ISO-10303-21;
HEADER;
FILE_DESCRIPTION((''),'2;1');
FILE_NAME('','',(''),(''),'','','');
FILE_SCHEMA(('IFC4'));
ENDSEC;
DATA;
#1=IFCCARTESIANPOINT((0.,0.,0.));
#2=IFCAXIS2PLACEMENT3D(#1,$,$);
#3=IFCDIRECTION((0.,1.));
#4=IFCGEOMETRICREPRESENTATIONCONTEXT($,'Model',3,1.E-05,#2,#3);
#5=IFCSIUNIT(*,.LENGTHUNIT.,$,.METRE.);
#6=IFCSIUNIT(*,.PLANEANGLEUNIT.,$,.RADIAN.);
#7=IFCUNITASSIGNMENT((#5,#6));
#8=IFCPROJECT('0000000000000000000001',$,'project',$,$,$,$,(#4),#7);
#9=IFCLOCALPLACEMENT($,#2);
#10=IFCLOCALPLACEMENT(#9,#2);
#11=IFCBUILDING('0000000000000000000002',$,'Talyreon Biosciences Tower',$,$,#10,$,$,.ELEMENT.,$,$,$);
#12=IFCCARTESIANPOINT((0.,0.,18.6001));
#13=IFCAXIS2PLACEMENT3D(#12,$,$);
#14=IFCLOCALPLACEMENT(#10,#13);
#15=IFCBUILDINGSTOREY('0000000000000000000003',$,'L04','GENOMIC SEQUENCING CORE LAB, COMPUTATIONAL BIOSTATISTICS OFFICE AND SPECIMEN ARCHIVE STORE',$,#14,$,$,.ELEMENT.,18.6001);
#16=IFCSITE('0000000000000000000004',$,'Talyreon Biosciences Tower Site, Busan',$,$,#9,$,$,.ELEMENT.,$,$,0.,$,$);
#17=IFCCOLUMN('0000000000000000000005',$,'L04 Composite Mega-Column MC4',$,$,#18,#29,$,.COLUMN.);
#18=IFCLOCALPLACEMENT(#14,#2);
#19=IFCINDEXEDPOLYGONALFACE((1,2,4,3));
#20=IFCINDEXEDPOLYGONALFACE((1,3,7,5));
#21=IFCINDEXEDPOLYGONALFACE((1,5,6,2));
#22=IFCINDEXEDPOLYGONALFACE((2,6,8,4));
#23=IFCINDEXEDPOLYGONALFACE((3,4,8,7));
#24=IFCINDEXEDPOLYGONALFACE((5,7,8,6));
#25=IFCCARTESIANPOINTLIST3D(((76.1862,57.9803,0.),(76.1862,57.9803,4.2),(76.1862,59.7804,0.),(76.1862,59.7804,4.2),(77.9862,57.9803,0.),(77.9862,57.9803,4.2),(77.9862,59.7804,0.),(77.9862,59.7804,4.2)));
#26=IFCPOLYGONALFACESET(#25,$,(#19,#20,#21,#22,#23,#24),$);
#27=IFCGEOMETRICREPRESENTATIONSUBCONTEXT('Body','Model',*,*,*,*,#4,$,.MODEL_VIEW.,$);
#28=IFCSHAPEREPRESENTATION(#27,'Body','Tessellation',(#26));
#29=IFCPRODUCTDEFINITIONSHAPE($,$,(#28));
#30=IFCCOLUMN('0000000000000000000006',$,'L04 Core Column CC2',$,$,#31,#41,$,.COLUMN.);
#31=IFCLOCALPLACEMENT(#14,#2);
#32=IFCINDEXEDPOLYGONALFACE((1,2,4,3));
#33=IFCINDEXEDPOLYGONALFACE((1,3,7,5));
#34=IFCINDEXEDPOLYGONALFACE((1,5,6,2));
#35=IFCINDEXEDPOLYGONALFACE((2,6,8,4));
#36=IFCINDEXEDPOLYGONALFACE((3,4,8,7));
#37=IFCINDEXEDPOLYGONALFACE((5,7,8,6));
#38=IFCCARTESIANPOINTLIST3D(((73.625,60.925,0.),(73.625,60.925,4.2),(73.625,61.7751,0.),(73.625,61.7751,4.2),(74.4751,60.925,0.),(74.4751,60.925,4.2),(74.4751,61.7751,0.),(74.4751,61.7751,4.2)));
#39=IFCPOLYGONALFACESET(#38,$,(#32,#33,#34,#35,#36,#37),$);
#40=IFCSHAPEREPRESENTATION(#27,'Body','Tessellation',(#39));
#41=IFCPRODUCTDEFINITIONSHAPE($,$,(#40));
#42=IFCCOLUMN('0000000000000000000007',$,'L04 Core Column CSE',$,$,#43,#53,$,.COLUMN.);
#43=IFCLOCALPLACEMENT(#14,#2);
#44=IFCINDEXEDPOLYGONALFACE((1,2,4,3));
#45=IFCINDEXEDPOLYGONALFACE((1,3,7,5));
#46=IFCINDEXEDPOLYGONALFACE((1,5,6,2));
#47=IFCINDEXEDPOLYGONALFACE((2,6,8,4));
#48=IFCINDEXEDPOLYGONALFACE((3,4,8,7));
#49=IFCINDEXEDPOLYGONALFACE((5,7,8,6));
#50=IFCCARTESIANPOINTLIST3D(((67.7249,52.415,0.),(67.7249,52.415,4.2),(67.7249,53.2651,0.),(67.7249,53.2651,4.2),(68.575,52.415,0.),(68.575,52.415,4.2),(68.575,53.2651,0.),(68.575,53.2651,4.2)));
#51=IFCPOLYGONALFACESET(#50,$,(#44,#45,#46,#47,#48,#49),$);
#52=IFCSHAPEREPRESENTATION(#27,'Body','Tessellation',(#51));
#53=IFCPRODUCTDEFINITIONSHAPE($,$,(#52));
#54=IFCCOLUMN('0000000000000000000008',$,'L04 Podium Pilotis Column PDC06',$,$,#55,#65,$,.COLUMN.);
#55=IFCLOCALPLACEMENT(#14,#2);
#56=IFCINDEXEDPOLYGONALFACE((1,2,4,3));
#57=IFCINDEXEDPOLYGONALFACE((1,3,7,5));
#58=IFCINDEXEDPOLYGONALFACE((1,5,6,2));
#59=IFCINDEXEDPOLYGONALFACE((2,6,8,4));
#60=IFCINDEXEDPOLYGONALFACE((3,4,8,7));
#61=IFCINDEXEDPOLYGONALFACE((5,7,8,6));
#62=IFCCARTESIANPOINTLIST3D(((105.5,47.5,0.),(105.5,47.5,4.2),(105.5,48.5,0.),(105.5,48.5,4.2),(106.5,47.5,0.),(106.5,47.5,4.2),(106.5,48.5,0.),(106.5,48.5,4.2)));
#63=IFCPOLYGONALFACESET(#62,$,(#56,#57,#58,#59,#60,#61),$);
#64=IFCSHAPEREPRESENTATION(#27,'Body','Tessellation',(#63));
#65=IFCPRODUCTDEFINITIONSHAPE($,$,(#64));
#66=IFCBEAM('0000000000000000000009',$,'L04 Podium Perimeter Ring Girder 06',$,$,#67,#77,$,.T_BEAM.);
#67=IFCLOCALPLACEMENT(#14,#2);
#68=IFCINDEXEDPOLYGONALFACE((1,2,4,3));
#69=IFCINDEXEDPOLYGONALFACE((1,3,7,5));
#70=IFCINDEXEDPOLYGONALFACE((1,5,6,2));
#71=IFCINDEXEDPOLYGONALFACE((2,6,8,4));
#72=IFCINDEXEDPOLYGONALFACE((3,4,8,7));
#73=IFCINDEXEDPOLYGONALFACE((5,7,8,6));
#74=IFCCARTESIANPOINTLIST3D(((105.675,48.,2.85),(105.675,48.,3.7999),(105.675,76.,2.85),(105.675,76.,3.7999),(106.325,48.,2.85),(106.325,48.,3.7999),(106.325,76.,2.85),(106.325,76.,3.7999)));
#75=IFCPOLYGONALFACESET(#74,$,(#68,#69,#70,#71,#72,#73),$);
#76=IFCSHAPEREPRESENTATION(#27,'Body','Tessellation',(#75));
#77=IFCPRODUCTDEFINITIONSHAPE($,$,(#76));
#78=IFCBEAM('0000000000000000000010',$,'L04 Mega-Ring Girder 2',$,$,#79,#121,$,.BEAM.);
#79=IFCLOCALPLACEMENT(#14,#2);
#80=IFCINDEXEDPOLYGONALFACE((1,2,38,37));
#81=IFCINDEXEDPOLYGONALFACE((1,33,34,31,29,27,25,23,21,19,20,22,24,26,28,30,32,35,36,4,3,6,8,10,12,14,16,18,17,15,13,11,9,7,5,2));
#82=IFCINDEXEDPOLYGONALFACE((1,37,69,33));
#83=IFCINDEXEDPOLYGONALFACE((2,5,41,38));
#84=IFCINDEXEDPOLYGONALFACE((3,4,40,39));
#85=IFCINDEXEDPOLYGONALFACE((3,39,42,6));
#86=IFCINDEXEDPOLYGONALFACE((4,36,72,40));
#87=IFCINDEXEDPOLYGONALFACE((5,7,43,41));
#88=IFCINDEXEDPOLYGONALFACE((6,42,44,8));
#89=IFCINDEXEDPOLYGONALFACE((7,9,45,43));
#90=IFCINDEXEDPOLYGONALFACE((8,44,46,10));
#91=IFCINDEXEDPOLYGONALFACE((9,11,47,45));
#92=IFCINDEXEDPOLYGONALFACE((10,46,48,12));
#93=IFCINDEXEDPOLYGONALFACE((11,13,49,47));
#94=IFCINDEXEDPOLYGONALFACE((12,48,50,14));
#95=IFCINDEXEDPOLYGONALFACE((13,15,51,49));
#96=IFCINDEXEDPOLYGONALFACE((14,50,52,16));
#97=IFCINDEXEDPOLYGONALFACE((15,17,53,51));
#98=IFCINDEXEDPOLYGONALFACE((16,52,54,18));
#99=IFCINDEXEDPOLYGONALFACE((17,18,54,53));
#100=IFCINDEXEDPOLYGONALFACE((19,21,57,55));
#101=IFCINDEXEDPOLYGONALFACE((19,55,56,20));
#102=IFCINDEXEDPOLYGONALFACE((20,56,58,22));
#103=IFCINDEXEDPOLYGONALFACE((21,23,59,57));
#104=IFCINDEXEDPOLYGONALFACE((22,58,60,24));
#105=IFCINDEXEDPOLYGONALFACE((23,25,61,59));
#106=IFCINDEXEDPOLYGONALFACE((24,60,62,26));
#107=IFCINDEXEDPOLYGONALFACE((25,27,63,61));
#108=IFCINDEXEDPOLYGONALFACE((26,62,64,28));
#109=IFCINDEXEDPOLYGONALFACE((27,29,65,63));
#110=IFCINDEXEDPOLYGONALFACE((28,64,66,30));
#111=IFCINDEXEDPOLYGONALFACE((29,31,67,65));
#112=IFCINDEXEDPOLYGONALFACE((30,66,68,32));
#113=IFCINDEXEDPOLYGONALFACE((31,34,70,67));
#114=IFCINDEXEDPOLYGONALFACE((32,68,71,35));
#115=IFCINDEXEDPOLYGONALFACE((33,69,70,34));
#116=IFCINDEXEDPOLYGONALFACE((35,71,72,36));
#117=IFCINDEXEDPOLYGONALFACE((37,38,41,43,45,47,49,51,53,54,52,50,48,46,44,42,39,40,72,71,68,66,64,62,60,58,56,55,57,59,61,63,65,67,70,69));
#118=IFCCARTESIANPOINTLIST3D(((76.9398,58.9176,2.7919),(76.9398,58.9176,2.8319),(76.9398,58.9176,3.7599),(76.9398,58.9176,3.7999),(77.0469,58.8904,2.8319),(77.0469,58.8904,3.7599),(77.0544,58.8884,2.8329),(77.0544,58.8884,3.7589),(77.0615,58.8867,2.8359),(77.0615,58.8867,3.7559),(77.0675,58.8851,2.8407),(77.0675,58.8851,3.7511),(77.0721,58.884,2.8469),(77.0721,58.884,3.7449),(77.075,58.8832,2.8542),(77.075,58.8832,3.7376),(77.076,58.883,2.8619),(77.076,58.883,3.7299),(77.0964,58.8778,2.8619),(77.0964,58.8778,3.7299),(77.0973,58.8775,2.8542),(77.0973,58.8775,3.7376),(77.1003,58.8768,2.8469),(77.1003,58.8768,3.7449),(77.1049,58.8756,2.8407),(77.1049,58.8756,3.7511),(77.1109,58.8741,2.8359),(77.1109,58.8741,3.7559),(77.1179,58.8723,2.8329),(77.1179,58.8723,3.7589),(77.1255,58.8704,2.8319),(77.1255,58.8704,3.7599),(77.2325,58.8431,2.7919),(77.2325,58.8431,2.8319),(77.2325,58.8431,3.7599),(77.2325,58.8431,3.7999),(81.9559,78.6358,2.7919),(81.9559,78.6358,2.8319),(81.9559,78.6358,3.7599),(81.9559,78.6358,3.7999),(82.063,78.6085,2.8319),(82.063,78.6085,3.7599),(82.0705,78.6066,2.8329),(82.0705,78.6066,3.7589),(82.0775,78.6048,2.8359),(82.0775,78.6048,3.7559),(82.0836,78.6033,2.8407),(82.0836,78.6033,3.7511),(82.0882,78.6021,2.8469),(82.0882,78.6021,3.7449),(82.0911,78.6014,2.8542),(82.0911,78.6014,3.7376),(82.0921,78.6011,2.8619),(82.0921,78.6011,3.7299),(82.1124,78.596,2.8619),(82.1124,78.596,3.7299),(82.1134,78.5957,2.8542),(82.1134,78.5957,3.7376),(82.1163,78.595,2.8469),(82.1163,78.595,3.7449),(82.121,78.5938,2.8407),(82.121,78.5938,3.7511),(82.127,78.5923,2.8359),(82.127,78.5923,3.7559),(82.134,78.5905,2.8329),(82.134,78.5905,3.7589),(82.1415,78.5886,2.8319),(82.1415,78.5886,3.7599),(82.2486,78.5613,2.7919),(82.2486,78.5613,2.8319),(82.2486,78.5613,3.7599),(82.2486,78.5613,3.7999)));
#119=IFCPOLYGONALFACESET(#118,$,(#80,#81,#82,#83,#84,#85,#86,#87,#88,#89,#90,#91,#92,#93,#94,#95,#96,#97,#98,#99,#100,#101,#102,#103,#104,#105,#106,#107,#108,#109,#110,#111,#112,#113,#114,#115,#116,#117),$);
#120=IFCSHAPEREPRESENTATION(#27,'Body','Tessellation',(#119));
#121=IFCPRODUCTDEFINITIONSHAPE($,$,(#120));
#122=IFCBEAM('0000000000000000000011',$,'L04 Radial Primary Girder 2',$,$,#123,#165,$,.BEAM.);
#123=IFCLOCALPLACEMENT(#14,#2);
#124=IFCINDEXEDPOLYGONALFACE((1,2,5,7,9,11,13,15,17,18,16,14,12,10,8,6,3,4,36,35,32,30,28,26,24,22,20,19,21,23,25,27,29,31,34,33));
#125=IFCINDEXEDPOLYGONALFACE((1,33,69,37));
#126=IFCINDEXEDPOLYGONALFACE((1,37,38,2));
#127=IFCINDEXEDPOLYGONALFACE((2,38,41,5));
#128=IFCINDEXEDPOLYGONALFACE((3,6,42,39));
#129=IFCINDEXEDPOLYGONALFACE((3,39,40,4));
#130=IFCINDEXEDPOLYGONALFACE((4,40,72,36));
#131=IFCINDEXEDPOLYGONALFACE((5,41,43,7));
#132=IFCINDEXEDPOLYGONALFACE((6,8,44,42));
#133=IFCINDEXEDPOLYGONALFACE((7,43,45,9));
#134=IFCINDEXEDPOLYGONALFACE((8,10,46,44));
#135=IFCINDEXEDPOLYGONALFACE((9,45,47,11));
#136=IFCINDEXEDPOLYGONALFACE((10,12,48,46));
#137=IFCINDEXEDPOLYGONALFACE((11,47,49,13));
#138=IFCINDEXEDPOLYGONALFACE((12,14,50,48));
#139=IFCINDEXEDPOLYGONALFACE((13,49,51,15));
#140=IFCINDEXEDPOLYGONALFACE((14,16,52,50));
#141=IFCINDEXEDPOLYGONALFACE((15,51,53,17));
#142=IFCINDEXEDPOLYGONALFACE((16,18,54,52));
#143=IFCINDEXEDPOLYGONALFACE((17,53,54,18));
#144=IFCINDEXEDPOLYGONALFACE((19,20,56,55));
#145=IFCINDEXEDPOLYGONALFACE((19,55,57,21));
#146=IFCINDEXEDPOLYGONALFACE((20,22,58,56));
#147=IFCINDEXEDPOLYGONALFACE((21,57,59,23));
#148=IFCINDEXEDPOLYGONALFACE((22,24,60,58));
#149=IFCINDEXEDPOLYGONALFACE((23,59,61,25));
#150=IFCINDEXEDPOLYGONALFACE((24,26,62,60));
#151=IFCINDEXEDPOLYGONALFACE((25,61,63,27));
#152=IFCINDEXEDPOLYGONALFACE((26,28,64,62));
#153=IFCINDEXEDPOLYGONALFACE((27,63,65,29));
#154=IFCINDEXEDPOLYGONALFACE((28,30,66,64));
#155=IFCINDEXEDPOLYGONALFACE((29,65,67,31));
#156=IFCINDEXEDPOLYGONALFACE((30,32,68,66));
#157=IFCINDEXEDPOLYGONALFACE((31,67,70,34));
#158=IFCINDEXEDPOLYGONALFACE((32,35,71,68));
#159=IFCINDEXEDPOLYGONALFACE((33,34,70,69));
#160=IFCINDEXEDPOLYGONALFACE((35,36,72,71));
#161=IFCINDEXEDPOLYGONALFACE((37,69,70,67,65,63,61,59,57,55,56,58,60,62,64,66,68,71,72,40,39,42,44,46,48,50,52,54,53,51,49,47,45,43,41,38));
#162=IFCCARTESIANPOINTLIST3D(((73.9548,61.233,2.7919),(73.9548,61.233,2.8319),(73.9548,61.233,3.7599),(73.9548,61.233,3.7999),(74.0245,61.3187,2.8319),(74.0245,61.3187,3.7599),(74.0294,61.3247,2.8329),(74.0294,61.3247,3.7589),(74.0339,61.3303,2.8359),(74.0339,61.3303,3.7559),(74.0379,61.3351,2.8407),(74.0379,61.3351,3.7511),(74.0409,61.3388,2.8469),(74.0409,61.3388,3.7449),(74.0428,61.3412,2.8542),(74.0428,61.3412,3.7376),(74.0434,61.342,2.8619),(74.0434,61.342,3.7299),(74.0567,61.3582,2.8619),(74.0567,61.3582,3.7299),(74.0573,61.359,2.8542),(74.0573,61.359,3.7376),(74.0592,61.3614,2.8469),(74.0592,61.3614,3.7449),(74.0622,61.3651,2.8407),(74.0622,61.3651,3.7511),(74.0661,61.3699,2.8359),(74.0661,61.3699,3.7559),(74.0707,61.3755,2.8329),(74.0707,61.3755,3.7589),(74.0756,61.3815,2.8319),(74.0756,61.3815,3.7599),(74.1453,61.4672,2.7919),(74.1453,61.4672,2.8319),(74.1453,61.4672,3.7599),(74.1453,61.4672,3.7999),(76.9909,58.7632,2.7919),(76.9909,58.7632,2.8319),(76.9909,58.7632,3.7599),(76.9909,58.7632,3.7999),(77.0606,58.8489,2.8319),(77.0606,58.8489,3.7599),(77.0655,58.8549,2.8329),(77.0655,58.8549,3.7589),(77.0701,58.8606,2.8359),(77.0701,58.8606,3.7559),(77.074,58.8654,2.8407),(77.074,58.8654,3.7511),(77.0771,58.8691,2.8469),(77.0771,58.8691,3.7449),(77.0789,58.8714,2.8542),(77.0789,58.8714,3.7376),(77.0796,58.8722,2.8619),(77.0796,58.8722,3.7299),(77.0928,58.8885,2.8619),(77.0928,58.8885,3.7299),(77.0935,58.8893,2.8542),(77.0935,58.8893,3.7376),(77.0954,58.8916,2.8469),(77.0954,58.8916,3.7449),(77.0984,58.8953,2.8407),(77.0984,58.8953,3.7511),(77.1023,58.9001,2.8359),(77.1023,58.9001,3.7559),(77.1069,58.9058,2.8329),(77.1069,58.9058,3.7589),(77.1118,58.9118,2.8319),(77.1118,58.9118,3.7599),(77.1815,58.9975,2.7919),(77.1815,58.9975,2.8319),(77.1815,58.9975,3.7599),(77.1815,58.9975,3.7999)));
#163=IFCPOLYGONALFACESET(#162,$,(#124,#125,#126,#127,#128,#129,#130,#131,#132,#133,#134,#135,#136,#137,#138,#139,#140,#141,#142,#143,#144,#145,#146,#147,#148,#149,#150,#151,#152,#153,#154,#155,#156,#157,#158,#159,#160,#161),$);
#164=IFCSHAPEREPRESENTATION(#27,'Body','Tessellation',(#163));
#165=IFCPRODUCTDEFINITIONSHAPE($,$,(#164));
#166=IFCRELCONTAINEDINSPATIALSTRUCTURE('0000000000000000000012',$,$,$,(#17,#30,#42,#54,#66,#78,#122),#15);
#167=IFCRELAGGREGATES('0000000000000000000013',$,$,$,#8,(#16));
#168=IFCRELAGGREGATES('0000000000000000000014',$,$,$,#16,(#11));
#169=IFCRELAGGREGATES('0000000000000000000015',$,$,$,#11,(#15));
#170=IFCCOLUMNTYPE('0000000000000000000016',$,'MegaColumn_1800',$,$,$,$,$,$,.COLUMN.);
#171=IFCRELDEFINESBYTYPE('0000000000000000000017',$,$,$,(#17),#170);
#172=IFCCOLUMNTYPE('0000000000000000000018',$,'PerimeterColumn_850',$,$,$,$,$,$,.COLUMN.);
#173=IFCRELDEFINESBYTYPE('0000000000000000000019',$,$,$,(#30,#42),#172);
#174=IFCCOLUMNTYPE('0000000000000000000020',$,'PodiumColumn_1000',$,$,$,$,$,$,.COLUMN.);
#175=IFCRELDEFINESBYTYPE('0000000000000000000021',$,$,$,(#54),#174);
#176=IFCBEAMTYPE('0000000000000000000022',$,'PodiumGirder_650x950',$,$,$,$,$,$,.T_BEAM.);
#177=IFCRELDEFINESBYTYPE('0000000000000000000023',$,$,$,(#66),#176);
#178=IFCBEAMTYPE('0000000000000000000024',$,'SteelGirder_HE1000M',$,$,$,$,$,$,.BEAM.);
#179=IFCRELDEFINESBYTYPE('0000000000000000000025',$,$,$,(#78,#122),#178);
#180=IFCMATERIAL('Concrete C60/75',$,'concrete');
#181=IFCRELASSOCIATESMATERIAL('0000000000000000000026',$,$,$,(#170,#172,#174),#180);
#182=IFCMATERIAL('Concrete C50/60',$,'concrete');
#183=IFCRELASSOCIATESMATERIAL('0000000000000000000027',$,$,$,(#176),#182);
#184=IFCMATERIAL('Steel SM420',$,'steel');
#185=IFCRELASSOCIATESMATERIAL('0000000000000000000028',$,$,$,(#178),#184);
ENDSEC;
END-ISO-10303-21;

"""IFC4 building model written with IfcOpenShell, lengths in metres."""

from ifc_helpers import new_model, si_unit, direction, frame, origin, origin_2d, place, context, subcontext, project, spatial, rectangle, i_section, extrude, material, material_profile, profile_set, type_object, element, save


model = new_model("IFC4")

# Units and contexts
model_context = context("Model", 3, precision=1e-05, world=origin(), true_north=direction((0.0, 1.0)))
body_context = subcontext(model_context, "Body", "Model", "MODEL_VIEW")
ifc_project = project(units=[si_unit("LENGTHUNIT", "METRE"), si_unit("PLANEANGLEUNIT", "RADIAN")], contexts=[model_context])

# Site, building, storey
site_placement = place(None, origin())
site = spatial("IfcSite", under=ifc_project, at=site_placement, Name="Talyreon Biosciences Tower Site, Busan", CompositionType="ELEMENT", RefElevation=0.0)
building_placement = place(site_placement, origin())
building = spatial("IfcBuilding", under=site, at=building_placement, Name="Talyreon Biosciences Tower", CompositionType="ELEMENT")
storey_placement = place(building_placement, frame((0.0, 0.0, 18.6001)))
storey = spatial("IfcBuildingStorey", under=building, at=storey_placement, Name="L04", Description="GENOMIC SEQUENCING CORE LAB, COMPUTATIONAL BIOSTATISTICS OFFICE AND SPECIMEN ARCHIVE STORE", CompositionType="ELEMENT", Elevation=18.6001)

# Columns
ifc_material_1 = material(Name="Concrete C60/75", Category="concrete")
ifc_material_profile_1 = material_profile(ifc_material_1, rectangle(XDim=1.8, YDim=1.8, at=origin_2d()), Name="RC 1800x1800")
ifc_profile_set_1 = profile_set([ifc_material_profile_1], Name="Concrete C60/75")
column_type_1 = type_object("IfcColumnType", Name="MegaColumn_1800", PredefinedType="COLUMN", material=ifc_profile_set_1)
column_1_placement = place(storey_placement, frame((77.0862, 58.8804, 0.0), z_axis=(0.0, 0.0, 1.0), x_axis=(1.0, 0.0, 0.0)))
element("IfcColumn", 1, at=column_1_placement, inside=storey, type_object=column_type_1, Name="L04 Composite Mega-Column MC4", PredefinedType="COLUMN", context=body_context, shape_type="SweptSolid", body=[
    extrude(rectangle(XDim=1.8, YDim=1.8, at=origin_2d()), origin(), (0.0, 0.0, 1.0), 4.2),
])
ifc_material_profile_2 = material_profile(ifc_material_1, rectangle(XDim=0.8501, YDim=0.8501, at=origin_2d()), Name="RC 850x850")
ifc_profile_set_2 = profile_set([ifc_material_profile_2], Name="Concrete C60/75")
column_type_2 = type_object("IfcColumnType", Name="PerimeterColumn_850", PredefinedType="COLUMN", material=ifc_profile_set_2)
for number, where, z_axis, x_axis, name in (
    (2, (74.05, 61.3501, 0.0), (0.0, 0.0, 1.0), (1.0, 0.0, 0.0), "L04 Core Column CC2"),
    (3, (68.1499, 52.8401, 0.0), (0.0, 0.0, 1.0), (1.0, 0.0, 0.0), "L04 Core Column CSE"),
):
    element("IfcColumn", number, at=place(storey_placement, frame(where, z_axis=z_axis, x_axis=x_axis)), inside=storey, type_object=column_type_2, Name=name, PredefinedType="COLUMN", context=body_context, shape_type="SweptSolid", body=[
        extrude(rectangle(XDim=0.8501, YDim=0.8501, at=origin_2d()), origin(), (0.0, 0.0, 1.0), 4.2),
    ])
ifc_material_profile_3 = material_profile(ifc_material_1, rectangle(XDim=1.0, YDim=1.0, at=origin_2d()), Name="RC 1000x1000")
ifc_profile_set_3 = profile_set([ifc_material_profile_3], Name="Concrete C60/75")
column_type_3 = type_object("IfcColumnType", Name="PodiumColumn_1000", PredefinedType="COLUMN", material=ifc_profile_set_3)
column_2_placement = place(storey_placement, frame((106.0, 48.0, 0.0), z_axis=(0.0, 0.0, 1.0), x_axis=(1.0, 0.0, 0.0)))
element("IfcColumn", 4, at=column_2_placement, inside=storey, type_object=column_type_3, Name="L04 Podium Pilotis Column PDC06", PredefinedType="COLUMN", context=body_context, shape_type="SweptSolid", body=[
    extrude(rectangle(XDim=1.0, YDim=1.0, at=origin_2d()), origin(), (0.0, 0.0, 1.0), 4.2),
])

# Beams
ifc_material_2 = material(Name="Concrete C50/60", Category="concrete")
ifc_material_profile_4 = material_profile(ifc_material_2, rectangle(XDim=0.6499, YDim=0.95, at=origin_2d()), Name="RCB 650x950")
ifc_profile_set_4 = profile_set([ifc_material_profile_4], Name="Concrete C50/60")
beam_type_1 = type_object("IfcBeamType", Name="PodiumGirder_650x950", PredefinedType="T_BEAM", material=ifc_profile_set_4)
beam_1_placement = place(storey_placement, frame((106.0, 48.0, 3.325), z_axis=(0.0, 1.0, 0.0), x_axis=(-1.0, 0.0, 0.0)))
element("IfcBeam", 5, at=beam_1_placement, inside=storey, type_object=beam_type_1, Name="L04 Podium Perimeter Ring Girder 06", PredefinedType="T_BEAM", context=body_context, shape_type="SweptSolid", body=[
    extrude(rectangle(XDim=0.6499, YDim=0.95, at=origin_2d()), origin(), (0.0, 0.0, 1.0), 28.0),
])
ifc_material_3 = material(Name="Steel SM420", Category="steel")
ifc_material_profile_5 = material_profile(ifc_material_3, i_section(OverallWidth=0.302, OverallDepth=1.0081, WebThickness=0.021, FlangeThickness=0.04, FilletRadius=0.03, at=origin_2d()), Name="HE1000M")
ifc_profile_set_5 = profile_set([ifc_material_profile_5], Name="Steel SM420")
beam_type_2 = type_object("IfcBeamType", Name="SteelGirder_HE1000M", PredefinedType="BEAM", material=ifc_profile_set_5)
beam_2_placement = place(storey_placement, frame((77.0862, 58.8804, 3.2959), z_axis=(0.246537, 0.969133, 0.0), x_axis=(-0.969133, 0.246537, 0.0)))
element("IfcBeam", 6, at=beam_2_placement, inside=storey, type_object=beam_type_2, Name="L04 Mega-Ring Girder 2", PredefinedType="BEAM", context=body_context, shape_type="SweptSolid", body=[
    extrude(i_section(OverallWidth=0.302, OverallDepth=1.0081, WebThickness=0.021, FlangeThickness=0.04, FilletRadius=0.03, at=origin_2d()), origin(), (0.0, 0.0, 1.0), 20.3462),
])
beam_3_placement = place(storey_placement, frame((74.05, 61.3501, 3.2959), z_axis=(0.775755, -0.631034, 0.0), x_axis=(0.631034, 0.775755, 0.0)))
element("IfcBeam", 7, at=beam_3_placement, inside=storey, type_object=beam_type_2, Name="L04 Radial Primary Girder 2", PredefinedType="BEAM", context=body_context, shape_type="SweptSolid", body=[
    extrude(i_section(OverallWidth=0.302, OverallDepth=1.0081, WebThickness=0.021, FlangeThickness=0.04, FilletRadius=0.03, at=origin_2d()), origin(), (0.0, 0.0, 1.0), 3.9138),
])

save(model, "model.ifc")
